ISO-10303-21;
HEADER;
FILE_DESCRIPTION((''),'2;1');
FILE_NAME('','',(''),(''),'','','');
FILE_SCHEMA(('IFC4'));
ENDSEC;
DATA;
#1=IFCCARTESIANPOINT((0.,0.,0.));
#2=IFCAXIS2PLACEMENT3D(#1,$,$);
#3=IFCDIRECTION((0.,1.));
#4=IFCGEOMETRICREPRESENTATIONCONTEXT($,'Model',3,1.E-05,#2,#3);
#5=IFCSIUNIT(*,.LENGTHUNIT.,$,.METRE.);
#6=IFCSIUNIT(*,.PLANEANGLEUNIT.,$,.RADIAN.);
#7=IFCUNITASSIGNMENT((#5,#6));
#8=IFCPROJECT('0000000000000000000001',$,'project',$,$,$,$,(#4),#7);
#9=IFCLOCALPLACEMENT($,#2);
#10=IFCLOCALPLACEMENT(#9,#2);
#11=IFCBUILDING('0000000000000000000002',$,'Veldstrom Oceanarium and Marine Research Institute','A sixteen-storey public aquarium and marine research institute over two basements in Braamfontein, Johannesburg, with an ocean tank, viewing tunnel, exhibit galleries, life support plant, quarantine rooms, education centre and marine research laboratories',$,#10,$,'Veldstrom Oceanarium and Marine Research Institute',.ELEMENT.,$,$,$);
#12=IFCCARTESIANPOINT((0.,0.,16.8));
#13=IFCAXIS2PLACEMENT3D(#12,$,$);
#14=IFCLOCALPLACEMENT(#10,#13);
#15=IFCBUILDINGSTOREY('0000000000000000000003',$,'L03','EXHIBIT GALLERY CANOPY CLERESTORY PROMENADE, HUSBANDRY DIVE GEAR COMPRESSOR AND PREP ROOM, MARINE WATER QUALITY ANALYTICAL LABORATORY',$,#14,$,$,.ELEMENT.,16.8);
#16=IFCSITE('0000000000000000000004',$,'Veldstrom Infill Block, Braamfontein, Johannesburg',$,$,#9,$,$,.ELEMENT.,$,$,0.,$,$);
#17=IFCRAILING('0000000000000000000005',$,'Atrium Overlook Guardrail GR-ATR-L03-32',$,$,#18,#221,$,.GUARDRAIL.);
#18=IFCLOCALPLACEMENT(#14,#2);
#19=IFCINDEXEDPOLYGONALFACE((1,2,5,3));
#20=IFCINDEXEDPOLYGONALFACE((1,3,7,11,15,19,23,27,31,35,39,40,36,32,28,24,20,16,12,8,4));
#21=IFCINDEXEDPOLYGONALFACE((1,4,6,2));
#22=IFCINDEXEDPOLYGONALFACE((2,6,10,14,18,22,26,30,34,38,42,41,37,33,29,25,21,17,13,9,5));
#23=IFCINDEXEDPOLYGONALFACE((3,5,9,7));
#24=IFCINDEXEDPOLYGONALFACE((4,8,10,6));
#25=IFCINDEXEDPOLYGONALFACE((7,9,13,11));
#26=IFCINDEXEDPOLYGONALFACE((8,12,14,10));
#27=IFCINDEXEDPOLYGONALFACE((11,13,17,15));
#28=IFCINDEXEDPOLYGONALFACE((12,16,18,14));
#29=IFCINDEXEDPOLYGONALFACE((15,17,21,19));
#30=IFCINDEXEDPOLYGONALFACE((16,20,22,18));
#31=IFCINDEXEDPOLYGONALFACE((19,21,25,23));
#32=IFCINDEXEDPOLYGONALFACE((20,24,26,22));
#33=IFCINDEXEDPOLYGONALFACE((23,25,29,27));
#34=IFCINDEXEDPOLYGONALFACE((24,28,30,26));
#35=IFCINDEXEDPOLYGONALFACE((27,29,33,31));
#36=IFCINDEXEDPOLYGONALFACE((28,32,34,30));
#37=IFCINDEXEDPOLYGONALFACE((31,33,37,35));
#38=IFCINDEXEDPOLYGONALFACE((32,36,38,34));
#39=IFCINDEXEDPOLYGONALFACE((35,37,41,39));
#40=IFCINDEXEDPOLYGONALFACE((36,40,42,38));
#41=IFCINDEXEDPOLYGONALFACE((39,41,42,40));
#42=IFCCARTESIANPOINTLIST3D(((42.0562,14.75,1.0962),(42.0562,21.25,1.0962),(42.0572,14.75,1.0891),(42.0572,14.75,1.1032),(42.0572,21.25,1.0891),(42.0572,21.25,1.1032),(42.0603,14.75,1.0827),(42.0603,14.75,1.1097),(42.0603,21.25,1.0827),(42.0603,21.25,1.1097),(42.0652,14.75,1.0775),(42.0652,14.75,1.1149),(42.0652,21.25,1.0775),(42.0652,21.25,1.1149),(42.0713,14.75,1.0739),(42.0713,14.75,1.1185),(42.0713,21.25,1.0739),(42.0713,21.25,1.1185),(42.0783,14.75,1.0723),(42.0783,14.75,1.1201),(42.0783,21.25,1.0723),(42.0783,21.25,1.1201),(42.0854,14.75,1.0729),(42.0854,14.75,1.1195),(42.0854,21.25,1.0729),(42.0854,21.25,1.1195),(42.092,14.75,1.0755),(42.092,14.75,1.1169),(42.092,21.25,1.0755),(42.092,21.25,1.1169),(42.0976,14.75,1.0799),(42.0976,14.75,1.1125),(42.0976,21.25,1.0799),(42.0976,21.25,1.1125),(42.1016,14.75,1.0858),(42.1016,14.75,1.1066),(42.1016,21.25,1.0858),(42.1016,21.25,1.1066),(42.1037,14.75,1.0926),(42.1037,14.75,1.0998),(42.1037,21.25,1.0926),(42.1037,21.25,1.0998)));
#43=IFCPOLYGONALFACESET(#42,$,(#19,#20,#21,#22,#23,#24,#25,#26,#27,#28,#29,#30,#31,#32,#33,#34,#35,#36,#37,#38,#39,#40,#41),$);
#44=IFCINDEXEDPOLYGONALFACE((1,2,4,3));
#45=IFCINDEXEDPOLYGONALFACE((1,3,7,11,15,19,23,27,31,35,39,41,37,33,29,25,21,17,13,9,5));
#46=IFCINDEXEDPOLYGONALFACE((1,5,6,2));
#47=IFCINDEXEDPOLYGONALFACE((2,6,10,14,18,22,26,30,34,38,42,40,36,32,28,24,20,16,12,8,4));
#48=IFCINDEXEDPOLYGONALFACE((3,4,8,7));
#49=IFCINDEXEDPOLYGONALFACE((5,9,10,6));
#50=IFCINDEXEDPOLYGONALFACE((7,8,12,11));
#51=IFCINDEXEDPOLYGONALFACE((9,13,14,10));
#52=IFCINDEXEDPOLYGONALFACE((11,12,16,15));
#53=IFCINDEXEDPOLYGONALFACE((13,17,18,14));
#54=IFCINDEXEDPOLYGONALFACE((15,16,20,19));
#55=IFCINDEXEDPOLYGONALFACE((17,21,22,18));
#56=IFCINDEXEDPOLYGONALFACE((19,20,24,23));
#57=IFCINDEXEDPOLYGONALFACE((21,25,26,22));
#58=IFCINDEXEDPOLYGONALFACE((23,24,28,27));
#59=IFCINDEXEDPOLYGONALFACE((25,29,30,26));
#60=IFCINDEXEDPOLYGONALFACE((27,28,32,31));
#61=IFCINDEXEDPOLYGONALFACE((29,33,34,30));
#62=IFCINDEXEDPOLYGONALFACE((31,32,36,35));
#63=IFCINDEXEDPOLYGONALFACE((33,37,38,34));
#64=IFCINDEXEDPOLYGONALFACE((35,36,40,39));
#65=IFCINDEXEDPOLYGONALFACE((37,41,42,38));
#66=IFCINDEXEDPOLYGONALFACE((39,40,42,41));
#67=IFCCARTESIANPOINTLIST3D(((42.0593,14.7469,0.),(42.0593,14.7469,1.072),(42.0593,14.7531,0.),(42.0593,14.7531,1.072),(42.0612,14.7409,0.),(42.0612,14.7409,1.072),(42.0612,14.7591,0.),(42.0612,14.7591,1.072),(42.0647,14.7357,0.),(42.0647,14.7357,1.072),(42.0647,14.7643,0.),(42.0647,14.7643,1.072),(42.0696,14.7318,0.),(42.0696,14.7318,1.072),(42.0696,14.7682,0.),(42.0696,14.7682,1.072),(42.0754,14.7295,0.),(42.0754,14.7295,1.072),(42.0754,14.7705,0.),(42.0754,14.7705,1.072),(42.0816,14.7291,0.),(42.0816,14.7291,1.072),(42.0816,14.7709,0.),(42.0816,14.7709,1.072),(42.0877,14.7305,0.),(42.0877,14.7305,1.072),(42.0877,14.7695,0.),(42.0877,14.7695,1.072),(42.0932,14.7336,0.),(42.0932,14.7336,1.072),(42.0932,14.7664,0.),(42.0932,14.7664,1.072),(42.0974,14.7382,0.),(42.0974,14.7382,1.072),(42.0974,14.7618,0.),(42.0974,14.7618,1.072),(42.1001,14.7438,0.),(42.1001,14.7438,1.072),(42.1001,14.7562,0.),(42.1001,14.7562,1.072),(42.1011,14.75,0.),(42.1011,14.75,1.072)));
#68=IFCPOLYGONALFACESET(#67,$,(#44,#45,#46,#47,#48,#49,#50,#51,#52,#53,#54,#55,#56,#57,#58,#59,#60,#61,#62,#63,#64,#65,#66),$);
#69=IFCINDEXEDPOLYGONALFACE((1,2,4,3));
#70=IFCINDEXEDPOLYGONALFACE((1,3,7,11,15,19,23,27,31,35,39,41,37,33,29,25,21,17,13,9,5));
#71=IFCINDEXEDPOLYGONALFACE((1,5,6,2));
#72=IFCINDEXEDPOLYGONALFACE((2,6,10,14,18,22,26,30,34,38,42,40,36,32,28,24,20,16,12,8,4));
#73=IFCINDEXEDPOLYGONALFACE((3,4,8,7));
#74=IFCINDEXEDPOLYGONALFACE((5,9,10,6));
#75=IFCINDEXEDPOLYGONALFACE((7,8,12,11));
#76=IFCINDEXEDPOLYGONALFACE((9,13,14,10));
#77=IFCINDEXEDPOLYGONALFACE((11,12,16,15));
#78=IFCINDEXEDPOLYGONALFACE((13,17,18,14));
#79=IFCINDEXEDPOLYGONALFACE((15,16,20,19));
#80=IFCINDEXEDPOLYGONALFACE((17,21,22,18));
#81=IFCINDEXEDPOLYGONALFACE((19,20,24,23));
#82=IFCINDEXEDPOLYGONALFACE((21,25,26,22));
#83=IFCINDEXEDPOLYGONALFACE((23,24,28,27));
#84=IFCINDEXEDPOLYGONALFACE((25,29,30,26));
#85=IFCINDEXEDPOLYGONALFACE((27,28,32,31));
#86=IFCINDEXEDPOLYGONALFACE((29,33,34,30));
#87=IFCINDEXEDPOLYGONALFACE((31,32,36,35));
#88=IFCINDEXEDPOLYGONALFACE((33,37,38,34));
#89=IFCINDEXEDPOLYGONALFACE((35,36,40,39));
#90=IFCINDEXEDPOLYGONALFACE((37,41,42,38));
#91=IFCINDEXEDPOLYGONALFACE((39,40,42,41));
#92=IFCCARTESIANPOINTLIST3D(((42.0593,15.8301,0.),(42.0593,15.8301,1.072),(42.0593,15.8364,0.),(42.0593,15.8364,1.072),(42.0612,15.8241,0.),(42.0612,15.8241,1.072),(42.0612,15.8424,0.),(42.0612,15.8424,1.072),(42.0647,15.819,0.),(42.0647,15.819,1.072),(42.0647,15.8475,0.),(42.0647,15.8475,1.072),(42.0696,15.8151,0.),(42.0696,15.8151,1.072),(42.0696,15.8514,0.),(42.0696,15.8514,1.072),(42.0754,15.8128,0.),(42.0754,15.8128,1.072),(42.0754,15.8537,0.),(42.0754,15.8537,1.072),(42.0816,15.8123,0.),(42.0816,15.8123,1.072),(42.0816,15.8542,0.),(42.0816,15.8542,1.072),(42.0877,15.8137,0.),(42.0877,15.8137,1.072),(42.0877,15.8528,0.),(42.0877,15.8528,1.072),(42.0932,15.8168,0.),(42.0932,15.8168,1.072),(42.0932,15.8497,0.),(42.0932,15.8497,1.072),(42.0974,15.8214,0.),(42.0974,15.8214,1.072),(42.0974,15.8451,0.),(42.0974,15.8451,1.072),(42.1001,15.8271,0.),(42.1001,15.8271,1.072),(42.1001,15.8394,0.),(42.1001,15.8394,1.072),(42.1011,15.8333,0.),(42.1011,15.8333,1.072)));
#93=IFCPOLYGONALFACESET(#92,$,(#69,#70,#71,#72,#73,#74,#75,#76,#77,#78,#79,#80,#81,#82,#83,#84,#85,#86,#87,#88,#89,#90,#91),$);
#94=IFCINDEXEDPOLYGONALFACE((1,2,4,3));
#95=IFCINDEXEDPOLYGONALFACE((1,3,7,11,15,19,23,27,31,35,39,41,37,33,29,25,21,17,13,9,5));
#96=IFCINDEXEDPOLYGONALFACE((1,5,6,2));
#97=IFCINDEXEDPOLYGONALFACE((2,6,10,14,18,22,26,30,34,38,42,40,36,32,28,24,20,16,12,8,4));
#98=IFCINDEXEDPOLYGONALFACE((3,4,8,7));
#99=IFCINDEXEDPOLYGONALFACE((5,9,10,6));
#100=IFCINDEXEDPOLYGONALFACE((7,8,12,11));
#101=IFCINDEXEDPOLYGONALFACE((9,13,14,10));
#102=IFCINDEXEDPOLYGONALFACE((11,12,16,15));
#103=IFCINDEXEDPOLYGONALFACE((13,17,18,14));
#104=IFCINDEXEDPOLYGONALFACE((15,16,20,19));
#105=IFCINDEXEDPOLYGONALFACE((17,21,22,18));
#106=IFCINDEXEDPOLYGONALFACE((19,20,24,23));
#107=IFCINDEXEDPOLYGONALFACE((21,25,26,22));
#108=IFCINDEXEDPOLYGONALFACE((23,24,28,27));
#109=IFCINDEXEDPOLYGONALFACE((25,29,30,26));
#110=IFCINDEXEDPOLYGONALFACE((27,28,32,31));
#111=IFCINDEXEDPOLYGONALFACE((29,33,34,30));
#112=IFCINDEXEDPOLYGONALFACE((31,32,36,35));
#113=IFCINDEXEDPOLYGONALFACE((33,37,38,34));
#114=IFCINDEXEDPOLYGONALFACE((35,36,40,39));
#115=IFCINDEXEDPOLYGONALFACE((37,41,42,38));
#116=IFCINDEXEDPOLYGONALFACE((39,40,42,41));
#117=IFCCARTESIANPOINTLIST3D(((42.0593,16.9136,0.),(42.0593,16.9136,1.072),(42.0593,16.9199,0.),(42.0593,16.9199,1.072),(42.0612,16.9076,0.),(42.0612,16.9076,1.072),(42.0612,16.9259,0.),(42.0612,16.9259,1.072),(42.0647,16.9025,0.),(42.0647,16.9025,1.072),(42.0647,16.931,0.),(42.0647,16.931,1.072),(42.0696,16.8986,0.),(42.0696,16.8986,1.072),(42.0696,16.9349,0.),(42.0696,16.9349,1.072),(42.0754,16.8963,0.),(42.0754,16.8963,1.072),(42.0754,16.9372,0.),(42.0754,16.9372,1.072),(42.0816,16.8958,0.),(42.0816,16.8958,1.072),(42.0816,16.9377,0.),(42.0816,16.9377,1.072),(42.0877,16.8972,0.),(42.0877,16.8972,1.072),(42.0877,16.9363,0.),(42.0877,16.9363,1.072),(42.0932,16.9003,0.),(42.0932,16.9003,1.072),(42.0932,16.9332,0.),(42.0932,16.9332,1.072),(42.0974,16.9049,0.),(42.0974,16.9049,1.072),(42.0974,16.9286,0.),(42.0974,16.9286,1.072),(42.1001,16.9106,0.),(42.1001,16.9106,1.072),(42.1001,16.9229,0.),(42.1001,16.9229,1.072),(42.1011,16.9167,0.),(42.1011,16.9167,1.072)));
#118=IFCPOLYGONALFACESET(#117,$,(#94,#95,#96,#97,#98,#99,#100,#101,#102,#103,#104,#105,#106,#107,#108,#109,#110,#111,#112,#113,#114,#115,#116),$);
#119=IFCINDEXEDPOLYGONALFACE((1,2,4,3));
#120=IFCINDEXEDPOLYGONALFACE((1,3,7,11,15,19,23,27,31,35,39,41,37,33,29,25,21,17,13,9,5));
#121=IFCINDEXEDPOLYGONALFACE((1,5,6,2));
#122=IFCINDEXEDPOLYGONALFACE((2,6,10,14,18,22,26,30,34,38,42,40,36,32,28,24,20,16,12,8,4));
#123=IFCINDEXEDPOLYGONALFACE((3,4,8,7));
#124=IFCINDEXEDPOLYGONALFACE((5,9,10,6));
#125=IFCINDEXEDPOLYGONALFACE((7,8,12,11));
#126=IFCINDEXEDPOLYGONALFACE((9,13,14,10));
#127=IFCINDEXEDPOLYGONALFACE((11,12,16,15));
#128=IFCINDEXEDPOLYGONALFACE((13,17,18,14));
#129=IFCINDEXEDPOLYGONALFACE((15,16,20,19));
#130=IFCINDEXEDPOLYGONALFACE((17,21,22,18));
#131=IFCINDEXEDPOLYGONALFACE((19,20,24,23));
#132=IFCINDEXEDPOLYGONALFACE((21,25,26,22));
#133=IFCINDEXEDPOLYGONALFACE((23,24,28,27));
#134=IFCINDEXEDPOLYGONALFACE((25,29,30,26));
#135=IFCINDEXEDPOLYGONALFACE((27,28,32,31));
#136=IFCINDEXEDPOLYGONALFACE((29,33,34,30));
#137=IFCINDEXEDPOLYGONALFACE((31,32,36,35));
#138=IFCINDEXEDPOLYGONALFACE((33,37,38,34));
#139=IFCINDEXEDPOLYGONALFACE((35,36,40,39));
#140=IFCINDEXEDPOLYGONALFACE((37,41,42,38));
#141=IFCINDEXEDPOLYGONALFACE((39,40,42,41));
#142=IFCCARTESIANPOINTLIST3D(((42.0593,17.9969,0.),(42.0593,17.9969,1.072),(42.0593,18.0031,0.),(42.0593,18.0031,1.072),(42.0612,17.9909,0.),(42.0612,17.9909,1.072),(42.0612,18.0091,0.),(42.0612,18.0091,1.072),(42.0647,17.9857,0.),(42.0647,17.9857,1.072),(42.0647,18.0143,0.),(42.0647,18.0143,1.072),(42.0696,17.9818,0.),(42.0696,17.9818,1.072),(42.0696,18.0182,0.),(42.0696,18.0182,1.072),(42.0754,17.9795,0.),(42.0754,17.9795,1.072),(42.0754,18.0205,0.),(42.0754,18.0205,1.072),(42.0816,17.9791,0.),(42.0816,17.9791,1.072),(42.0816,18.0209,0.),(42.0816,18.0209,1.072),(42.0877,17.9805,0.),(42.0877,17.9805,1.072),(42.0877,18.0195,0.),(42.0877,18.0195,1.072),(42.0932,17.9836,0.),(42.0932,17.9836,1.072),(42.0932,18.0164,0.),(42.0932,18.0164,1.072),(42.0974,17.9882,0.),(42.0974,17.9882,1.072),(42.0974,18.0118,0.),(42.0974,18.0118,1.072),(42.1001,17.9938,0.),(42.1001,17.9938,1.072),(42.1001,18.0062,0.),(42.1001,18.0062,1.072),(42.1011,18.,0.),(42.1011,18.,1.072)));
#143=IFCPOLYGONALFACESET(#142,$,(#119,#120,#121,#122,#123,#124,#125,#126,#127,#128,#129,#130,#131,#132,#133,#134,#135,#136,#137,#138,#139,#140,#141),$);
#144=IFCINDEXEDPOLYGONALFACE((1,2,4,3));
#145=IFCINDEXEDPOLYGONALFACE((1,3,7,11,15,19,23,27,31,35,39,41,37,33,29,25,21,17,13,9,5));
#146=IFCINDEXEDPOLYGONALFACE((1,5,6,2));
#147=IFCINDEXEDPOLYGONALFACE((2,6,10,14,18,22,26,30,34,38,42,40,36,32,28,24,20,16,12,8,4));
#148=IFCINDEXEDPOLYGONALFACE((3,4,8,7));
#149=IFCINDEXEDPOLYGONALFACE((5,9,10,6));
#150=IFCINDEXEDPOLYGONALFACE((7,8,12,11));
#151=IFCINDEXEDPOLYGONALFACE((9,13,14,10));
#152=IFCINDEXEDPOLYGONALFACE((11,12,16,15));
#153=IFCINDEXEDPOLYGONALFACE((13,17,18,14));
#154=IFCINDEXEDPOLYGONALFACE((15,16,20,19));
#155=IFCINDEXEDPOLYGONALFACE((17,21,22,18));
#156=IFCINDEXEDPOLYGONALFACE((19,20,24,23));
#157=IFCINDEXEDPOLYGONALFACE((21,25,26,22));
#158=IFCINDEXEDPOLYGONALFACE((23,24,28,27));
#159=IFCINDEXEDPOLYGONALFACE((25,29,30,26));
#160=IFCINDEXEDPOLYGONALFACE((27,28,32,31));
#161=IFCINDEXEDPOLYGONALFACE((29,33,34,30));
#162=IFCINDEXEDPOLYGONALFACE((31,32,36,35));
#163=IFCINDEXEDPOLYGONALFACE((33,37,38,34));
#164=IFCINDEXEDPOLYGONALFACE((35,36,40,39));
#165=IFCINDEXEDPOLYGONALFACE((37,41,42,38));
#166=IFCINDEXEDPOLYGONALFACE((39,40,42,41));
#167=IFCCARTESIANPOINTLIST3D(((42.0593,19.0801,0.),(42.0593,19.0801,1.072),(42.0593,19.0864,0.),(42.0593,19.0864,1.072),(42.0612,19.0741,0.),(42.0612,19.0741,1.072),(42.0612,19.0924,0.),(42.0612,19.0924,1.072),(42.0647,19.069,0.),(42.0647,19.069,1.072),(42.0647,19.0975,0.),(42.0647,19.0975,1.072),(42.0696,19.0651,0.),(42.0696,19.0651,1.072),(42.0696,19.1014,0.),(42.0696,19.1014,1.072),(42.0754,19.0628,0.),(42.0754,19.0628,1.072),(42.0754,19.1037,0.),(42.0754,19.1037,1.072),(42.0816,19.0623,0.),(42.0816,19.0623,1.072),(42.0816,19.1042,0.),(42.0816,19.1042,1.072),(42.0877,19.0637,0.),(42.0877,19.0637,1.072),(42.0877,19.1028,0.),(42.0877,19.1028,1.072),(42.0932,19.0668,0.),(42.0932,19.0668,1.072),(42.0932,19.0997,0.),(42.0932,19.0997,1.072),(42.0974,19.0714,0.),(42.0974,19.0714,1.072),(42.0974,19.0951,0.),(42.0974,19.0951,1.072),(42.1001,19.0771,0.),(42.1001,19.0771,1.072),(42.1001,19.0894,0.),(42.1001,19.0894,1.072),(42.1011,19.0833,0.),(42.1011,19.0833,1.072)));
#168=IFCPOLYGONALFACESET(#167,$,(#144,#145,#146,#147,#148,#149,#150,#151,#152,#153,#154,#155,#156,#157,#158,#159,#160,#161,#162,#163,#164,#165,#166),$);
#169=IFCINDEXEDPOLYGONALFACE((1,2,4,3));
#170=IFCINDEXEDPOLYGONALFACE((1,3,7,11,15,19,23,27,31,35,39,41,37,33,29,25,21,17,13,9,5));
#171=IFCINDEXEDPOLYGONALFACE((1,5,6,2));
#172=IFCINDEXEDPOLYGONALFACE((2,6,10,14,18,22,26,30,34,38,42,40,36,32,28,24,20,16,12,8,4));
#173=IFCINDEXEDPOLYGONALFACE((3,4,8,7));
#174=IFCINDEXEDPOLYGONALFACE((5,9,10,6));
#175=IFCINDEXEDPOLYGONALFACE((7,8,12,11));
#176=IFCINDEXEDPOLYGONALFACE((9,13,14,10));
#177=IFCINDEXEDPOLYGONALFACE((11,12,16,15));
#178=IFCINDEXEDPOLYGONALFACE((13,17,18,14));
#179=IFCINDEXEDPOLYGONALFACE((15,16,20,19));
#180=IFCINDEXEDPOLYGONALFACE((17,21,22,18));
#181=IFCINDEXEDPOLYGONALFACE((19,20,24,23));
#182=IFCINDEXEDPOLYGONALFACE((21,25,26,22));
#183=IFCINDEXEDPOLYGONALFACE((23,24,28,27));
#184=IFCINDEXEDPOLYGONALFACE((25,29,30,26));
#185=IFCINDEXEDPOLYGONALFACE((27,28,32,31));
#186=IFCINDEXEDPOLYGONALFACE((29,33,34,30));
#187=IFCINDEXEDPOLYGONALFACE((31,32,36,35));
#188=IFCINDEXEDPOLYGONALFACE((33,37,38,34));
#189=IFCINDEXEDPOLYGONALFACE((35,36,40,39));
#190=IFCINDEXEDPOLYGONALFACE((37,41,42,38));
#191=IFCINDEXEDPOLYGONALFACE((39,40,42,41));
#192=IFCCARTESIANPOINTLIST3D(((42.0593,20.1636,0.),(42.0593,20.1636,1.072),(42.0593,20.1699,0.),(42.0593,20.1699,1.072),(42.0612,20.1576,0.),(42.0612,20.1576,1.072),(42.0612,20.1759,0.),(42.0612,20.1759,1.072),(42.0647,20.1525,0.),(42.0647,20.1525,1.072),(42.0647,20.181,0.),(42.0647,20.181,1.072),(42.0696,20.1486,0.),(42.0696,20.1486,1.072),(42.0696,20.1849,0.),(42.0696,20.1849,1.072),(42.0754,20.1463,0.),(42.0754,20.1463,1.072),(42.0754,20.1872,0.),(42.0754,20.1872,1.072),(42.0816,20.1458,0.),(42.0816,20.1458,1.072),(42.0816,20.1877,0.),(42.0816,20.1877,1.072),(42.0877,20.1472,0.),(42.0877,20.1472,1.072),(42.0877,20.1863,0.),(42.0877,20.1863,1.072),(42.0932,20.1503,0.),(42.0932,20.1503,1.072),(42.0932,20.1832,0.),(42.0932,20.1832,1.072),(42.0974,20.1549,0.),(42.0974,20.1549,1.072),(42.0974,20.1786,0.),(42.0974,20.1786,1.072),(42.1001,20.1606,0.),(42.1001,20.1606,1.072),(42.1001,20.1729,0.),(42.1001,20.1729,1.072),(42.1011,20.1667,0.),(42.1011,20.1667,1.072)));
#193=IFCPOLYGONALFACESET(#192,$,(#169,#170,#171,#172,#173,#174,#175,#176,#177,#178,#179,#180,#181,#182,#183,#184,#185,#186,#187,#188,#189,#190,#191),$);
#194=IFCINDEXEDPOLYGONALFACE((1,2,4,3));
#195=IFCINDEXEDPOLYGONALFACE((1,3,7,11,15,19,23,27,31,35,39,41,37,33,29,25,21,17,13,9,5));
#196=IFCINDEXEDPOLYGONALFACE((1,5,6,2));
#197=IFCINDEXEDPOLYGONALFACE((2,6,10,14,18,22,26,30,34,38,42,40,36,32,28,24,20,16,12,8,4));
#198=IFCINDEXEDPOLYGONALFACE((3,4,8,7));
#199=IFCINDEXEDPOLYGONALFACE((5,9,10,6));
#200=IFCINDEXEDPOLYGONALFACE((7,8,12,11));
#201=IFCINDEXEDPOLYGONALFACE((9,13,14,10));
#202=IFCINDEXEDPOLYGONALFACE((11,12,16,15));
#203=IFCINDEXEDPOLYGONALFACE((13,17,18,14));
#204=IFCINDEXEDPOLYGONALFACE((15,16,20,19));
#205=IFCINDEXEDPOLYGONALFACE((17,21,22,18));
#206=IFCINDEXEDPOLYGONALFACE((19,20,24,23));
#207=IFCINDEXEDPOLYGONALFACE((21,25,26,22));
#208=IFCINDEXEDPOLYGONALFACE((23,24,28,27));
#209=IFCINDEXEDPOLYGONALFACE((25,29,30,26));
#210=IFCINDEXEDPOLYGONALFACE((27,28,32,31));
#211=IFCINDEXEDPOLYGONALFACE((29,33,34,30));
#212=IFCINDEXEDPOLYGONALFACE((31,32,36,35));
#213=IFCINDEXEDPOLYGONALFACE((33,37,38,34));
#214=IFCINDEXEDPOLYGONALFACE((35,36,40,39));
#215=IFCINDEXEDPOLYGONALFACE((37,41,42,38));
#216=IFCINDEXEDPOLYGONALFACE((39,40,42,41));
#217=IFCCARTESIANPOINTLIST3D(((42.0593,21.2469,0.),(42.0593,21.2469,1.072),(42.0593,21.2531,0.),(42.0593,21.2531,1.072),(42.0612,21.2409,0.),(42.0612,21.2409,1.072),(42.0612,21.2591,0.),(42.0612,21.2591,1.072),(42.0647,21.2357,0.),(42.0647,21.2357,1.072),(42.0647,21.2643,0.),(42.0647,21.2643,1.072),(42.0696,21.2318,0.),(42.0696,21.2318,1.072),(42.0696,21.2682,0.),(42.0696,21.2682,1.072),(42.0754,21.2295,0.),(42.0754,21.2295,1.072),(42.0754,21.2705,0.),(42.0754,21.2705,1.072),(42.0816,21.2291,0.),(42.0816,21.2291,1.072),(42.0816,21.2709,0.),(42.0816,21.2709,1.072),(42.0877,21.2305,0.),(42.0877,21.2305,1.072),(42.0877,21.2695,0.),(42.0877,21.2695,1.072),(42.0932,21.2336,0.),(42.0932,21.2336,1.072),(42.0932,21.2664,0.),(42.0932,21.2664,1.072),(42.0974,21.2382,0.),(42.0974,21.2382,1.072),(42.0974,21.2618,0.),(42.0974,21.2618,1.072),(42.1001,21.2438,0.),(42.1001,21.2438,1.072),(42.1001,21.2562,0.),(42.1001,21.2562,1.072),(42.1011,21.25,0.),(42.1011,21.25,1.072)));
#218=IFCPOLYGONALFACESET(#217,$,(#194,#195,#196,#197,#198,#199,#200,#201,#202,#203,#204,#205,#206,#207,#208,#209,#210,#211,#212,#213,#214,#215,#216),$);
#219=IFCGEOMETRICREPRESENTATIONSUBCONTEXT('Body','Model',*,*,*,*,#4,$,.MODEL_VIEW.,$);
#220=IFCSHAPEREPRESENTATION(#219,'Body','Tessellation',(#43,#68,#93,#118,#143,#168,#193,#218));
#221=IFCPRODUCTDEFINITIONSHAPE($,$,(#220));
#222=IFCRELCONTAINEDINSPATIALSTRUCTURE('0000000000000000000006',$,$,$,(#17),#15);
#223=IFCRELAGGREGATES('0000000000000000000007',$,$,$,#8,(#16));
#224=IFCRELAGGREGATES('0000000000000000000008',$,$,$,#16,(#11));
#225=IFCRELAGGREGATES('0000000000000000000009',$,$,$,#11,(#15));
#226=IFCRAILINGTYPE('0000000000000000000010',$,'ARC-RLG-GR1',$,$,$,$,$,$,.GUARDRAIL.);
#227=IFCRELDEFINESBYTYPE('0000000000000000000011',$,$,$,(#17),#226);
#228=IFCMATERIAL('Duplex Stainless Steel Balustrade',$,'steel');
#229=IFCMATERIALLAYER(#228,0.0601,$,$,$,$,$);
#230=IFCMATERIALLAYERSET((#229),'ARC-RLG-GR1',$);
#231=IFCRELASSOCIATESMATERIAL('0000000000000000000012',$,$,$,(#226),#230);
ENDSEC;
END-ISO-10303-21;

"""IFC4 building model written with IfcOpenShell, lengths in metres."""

from ifc_helpers import new_model, si_unit, direction, frame, origin, origin_2d, place, context, subcontext, project, spatial, circle, extrude, material, layer, layer_set, type_object, element, save


model = new_model("IFC4")

# Units and contexts
model_context = context("Model", 3, precision=1e-05, world=origin(), true_north=direction((0.0, 1.0)))
body_context = subcontext(model_context, "Body", "Model", "MODEL_VIEW")
ifc_project = project(units=[si_unit("LENGTHUNIT", "METRE"), si_unit("PLANEANGLEUNIT", "RADIAN")], contexts=[model_context])

# Site, building, storey
site_placement = place(None, origin())
site = spatial("IfcSite", under=ifc_project, at=site_placement, Name="Veldstrom Infill Block, Braamfontein, Johannesburg", CompositionType="ELEMENT", RefElevation=0.0)
building_placement = place(site_placement, origin())
building = spatial("IfcBuilding", under=site, at=building_placement, Name="Veldstrom Oceanarium and Marine Research Institute", Description="A sixteen-storey public aquarium and marine research institute over two basements in Braamfontein, Johannesburg, with an ocean tank, viewing tunnel, exhibit galleries, life support plant, quarantine rooms, education centre and marine research laboratories", LongName="Veldstrom Oceanarium and Marine Research Institute", CompositionType="ELEMENT")
storey_placement = place(building_placement, frame((0.0, 0.0, 16.8)))
storey = spatial("IfcBuildingStorey", under=building, at=storey_placement, Name="L03", Description="EXHIBIT GALLERY CANOPY CLERESTORY PROMENADE, HUSBANDRY DIVE GEAR COMPRESSOR AND PREP ROOM, MARINE WATER QUALITY ANALYTICAL LABORATORY", CompositionType="ELEMENT", Elevation=16.8)

# Railing
ifc_material_1 = material(Name="Duplex Stainless Steel Balustrade", Category="steel")
ifc_layer = layer(ifc_material_1, 0.0601)
ifc_layer_set = layer_set([ifc_layer], Name="ARC-RLG-GR1")
railing_type = type_object("IfcRailingType", Name="ARC-RLG-GR1", PredefinedType="GUARDRAIL", material=ifc_layer_set)
railing_placement = place(storey_placement, frame((42.0801, 14.75, 0.0)))
element("IfcRailing", 1, at=railing_placement, inside=storey, type_object=railing_type, Name="Atrium Overlook Guardrail GR-ATR-L03-32", PredefinedType="GUARDRAIL", context=body_context, shape_type="SweptSolid", body=[
    extrude(circle(Radius=0.0239, at=origin_2d()), frame((0.0, 0.0, 1.0962), z_axis=(0.0, 1.0, 0.0), x_axis=(-1.0, 0.0, 0.0)), (0.0, 0.0, 1.0), 6.5),
    extrude(circle(Radius=0.021, at=origin_2d()), origin(), (0.0, 0.0, 1.0), 1.072),
    extrude(circle(Radius=0.021, at=origin_2d()), frame((0.0, 1.0833, 0.0)), (0.0, 0.0, 1.0), 1.072),
    extrude(circle(Radius=0.021, at=origin_2d()), frame((0.0, 2.1667, 0.0)), (0.0, 0.0, 1.0), 1.072),
    extrude(circle(Radius=0.021, at=origin_2d()), frame((0.0, 3.25, 0.0)), (0.0, 0.0, 1.0), 1.072),
    extrude(circle(Radius=0.021, at=origin_2d()), frame((0.0, 4.3333, 0.0)), (0.0, 0.0, 1.0), 1.072),
    extrude(circle(Radius=0.021, at=origin_2d()), frame((0.0, 5.4167, 0.0)), (0.0, 0.0, 1.0), 1.072),
    extrude(circle(Radius=0.021, at=origin_2d()), frame((0.0, 6.5, 0.0)), (0.0, 0.0, 1.0), 1.072),
])

save(model, "model.ifc")
